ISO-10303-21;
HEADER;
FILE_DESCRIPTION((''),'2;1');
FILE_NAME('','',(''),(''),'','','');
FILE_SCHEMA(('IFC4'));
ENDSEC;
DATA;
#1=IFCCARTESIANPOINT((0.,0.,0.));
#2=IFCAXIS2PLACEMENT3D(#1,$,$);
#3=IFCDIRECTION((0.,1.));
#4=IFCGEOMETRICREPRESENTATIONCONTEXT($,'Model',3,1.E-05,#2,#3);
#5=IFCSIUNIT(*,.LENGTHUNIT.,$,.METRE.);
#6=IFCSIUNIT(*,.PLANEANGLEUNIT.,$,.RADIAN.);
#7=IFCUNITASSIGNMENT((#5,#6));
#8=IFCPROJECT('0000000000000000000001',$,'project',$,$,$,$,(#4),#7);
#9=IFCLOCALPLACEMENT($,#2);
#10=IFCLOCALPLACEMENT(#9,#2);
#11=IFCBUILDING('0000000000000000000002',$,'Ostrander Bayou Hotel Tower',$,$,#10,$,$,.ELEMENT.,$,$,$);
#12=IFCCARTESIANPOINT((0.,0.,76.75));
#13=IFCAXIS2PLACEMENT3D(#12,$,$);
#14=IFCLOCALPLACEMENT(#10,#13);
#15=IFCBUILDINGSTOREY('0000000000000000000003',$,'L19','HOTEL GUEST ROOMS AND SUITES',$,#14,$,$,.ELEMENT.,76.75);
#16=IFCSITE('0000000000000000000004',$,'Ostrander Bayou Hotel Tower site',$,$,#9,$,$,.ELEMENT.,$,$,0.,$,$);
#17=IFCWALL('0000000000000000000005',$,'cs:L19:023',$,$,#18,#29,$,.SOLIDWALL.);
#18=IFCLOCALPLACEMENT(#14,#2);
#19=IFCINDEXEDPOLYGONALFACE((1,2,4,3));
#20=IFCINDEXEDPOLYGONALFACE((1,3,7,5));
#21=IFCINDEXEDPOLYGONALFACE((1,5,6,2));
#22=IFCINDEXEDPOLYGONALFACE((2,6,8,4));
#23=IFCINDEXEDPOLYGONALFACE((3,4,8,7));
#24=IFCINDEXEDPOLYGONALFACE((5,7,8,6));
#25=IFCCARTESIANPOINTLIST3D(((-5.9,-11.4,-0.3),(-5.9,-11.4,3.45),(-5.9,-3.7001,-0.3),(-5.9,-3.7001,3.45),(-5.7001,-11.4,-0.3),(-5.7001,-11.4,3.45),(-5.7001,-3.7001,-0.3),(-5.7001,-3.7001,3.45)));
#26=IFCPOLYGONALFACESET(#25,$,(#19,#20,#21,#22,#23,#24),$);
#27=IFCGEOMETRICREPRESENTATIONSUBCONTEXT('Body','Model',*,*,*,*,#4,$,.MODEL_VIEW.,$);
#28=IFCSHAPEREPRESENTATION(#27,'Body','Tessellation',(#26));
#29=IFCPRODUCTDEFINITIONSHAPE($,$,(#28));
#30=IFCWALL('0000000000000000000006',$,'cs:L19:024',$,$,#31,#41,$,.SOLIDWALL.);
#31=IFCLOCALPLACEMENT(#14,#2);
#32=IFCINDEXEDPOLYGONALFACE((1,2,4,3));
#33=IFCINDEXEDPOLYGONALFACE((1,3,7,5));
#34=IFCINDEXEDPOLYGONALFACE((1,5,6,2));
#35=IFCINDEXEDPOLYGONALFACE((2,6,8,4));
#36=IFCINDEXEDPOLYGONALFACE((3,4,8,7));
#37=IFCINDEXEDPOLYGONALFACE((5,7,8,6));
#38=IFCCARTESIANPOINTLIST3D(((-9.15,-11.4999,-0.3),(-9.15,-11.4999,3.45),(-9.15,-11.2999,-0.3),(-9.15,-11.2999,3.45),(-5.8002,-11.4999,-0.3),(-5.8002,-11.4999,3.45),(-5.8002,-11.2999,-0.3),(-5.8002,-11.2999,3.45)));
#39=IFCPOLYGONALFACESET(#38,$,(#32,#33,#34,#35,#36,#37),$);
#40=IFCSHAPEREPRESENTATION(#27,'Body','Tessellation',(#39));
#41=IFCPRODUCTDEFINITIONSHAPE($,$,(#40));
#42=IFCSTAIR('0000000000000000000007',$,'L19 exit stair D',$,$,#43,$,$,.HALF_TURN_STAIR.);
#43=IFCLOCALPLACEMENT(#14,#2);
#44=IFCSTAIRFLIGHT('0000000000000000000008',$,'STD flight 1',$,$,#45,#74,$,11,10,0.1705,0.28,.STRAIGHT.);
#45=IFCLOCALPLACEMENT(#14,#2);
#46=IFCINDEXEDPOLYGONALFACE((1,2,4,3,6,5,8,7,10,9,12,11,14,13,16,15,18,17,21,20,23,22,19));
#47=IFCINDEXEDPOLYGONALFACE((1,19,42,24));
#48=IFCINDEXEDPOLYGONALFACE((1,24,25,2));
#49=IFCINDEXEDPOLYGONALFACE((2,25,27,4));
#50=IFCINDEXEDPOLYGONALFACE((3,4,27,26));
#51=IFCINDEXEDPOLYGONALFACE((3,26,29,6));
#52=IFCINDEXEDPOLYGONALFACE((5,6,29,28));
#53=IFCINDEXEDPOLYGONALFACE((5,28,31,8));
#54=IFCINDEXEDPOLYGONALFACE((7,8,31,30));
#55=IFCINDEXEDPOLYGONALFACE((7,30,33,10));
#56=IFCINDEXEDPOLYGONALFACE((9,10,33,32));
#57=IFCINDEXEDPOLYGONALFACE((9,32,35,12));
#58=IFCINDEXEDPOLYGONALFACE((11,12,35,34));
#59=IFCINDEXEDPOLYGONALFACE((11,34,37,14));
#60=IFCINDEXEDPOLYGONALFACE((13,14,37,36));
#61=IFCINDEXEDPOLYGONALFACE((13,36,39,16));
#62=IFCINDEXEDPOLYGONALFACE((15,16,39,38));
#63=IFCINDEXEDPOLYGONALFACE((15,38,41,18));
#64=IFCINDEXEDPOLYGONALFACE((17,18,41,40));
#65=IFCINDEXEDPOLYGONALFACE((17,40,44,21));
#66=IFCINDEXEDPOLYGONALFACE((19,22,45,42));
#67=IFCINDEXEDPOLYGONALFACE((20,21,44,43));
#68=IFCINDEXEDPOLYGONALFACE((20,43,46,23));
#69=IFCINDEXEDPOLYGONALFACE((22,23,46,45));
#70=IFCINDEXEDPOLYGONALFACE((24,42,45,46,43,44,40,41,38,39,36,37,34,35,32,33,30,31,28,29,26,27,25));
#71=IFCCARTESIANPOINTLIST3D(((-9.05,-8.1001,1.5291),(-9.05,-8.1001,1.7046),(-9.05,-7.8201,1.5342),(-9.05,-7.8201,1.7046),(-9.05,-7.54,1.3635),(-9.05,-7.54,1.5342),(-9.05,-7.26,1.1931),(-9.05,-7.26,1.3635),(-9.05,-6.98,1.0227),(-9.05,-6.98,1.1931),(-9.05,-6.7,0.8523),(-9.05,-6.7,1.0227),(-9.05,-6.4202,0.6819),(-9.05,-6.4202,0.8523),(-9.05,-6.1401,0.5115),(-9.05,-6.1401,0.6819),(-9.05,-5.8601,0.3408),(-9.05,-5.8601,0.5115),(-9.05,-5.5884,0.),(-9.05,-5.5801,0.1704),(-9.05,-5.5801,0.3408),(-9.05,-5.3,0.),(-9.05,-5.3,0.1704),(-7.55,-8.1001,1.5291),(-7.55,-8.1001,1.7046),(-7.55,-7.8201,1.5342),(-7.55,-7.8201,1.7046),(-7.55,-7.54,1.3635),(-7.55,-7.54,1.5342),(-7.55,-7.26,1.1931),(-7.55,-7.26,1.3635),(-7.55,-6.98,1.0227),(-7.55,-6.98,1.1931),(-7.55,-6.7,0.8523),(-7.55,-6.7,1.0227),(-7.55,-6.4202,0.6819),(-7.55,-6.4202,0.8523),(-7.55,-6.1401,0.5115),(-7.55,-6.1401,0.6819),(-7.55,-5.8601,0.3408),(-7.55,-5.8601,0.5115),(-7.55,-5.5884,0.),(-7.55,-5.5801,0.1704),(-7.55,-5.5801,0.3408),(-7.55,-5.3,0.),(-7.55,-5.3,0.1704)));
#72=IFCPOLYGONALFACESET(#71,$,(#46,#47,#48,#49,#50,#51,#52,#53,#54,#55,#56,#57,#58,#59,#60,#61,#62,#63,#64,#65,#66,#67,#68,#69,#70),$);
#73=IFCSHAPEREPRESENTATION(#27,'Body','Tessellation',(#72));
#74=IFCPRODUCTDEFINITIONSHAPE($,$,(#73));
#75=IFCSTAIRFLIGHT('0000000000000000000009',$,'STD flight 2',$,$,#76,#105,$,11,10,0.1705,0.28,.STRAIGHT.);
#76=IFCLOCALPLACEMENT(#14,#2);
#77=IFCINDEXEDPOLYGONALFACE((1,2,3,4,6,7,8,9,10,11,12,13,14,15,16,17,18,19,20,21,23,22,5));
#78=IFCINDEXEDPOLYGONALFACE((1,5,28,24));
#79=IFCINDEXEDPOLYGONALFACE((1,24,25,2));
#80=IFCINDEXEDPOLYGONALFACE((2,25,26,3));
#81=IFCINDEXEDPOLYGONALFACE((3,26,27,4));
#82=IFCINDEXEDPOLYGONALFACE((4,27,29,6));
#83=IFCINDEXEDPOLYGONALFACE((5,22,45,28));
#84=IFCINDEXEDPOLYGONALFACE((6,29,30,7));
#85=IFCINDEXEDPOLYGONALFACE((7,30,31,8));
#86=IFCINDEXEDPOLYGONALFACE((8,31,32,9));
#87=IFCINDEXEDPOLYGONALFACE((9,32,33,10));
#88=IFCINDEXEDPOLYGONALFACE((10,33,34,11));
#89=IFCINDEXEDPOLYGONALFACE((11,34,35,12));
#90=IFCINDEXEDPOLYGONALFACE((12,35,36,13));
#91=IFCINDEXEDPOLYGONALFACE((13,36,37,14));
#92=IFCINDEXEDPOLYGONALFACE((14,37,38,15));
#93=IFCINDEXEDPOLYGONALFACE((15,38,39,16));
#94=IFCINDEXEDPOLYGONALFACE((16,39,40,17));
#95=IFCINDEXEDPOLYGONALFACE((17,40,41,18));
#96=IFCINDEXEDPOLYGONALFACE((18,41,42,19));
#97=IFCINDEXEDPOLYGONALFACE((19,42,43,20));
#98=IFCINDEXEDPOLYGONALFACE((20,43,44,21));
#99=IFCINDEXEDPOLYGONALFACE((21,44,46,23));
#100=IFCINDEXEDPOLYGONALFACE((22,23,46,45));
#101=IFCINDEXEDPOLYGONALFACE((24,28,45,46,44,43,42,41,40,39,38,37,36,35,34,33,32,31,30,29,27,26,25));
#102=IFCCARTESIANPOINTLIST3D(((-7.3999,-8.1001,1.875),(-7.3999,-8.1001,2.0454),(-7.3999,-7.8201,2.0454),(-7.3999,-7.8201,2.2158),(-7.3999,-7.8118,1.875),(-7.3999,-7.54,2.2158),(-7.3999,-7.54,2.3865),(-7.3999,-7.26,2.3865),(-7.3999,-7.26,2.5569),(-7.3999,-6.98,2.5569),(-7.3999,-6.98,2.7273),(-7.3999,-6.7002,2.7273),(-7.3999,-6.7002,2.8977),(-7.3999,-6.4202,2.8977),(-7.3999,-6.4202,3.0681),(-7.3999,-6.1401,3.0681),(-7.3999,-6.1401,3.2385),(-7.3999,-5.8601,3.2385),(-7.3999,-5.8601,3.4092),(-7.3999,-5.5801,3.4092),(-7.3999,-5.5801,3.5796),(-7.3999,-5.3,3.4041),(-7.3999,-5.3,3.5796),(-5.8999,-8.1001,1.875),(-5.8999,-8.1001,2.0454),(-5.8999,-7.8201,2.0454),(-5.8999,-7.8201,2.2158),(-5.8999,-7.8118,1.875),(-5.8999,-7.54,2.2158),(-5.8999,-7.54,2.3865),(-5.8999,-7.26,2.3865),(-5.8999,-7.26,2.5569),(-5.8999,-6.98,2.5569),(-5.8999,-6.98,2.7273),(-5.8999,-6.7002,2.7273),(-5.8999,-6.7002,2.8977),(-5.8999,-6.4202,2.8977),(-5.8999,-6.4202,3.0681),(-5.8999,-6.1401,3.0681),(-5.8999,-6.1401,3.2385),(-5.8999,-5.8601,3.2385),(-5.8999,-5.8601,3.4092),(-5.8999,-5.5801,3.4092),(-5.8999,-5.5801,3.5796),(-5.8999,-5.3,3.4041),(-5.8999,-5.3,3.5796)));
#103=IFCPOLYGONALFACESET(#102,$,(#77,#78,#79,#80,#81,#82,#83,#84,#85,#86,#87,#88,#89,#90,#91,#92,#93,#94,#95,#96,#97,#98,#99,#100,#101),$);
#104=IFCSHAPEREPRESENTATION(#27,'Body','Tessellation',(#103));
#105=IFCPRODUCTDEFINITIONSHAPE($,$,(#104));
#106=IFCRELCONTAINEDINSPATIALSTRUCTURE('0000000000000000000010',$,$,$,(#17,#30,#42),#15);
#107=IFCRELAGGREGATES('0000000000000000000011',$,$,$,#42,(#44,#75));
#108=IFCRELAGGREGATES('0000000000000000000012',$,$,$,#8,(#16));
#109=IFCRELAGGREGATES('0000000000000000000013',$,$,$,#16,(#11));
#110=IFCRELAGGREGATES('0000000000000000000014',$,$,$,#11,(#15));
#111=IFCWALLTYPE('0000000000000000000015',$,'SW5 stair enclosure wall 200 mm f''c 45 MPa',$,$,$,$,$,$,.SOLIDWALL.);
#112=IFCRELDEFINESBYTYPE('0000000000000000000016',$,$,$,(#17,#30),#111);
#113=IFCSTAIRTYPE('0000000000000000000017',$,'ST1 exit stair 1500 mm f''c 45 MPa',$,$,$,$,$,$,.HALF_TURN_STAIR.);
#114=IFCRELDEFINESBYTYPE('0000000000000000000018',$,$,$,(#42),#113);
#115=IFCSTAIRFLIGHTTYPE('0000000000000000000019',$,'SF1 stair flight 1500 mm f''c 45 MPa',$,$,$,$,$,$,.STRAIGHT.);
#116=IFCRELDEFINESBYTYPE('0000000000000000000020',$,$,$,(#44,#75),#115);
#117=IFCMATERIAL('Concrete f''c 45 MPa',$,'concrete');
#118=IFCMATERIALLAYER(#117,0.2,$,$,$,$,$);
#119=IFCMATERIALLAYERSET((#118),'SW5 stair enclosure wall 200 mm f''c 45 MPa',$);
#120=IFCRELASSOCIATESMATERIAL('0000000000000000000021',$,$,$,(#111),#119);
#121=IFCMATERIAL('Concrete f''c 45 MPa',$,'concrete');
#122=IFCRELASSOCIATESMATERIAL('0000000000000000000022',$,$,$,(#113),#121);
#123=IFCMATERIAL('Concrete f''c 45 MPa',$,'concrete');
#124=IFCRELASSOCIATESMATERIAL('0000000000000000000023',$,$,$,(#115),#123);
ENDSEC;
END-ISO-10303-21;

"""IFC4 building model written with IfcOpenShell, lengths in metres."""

from ifc_helpers import new_model, si_unit, direction, frame, frame_2d, origin, place, context, subcontext, project, spatial, polyline, rectangle, outline, extrude, material, layer, layer_set, type_object, element, aggregate, save


model = new_model("IFC4")

# Units and contexts
model_context = context("Model", 3, precision=1e-05, world=origin(), true_north=direction((0.0, 1.0)))
body_context = subcontext(model_context, "Body", "Model", "MODEL_VIEW")
ifc_project = project(units=[si_unit("LENGTHUNIT", "METRE"), si_unit("PLANEANGLEUNIT", "RADIAN")], contexts=[model_context])

# Site, building, storey
site_placement = place(None, origin())
site = spatial("IfcSite", under=ifc_project, at=site_placement, Name="Ostrander Bayou Hotel Tower site", CompositionType="ELEMENT", RefElevation=0.0)
building_placement = place(site_placement, origin())
building = spatial("IfcBuilding", under=site, at=building_placement, Name="Ostrander Bayou Hotel Tower", CompositionType="ELEMENT")
storey_placement = place(building_placement, frame((0.0, 0.0, 76.75)))
storey = spatial("IfcBuildingStorey", under=building, at=storey_placement, Name="L19", Description="HOTEL GUEST ROOMS AND SUITES", CompositionType="ELEMENT", Elevation=76.75)

# Shared definitions
ifc_material_1 = material(Name="Concrete f'c 45 MPa", Category="concrete")
ifc_layer_1 = layer(ifc_material_1, 0.2)
ifc_layer_set_1 = layer_set([ifc_layer_1], Name="SW5 stair enclosure wall 200 mm f'c 45 MPa")
wall_type_1 = type_object("IfcWallType", Name="SW5 stair enclosure wall 200 mm f'c 45 MPa", PredefinedType="SOLIDWALL", material=ifc_layer_set_1)

# Walls
for number, where, z_axis, x_axis, name in (
    (1, (-5.8, -3.7, -0.3), (0.0, 0.0, 1.0), (0.0, -1.0, 0.0), "cs:L19:023"),
):
    element("IfcWall", number, at=place(storey_placement, frame(where, z_axis=z_axis, x_axis=x_axis)), inside=storey, type_object=wall_type_1, Name=name, PredefinedType="SOLIDWALL", context=body_context, shape_type="SweptSolid", body=[
        extrude(rectangle(XDim=7.7, YDim=0.2, at=frame_2d((3.8501, 0.0))), origin(), (0.0, 0.0, 1.0), 3.75),
    ])
wall_1_placement = place(storey_placement, frame((-9.1499, -11.3999, -0.3), z_axis=(0.0, 0.0, 1.0), x_axis=(1.0, 0.0, 0.0)))
element("IfcWall", 2, at=wall_1_placement, inside=storey, type_object=wall_type_1, Name="cs:L19:024", PredefinedType="SOLIDWALL", context=body_context, shape_type="SweptSolid", body=[
    extrude(rectangle(XDim=3.3499, YDim=0.2, at=frame_2d((1.6748, 0.0))), origin(), (0.0, 0.0, 1.0), 3.75),
])

# Stair, stair flights
ifc_material_2 = material(Name="Concrete f'c 45 MPa", Category="concrete")
stair_type = type_object("IfcStairType", Name="ST1 exit stair 1500 mm f'c 45 MPa", PredefinedType="HALF_TURN_STAIR", material=ifc_material_2)
stair_placement = place(storey_placement, origin())
stair = element("IfcStair", 3, at=stair_placement, inside=storey, type_object=stair_type, Name="L19 exit stair D", PredefinedType="HALF_TURN_STAIR")
ifc_material_3 = material(Name="Concrete f'c 45 MPa", Category="concrete")
stair_flight_type = type_object("IfcStairFlightType", Name="SF1 stair flight 1500 mm f'c 45 MPa", PredefinedType="STRAIGHT", material=ifc_material_3)
stair_flight_1_placement = place(storey_placement, frame((-8.3, -5.3, 0.0), z_axis=(0.0, 0.0, 1.0), x_axis=(0.0, -1.0, 0.0)))
stair_flight_1 = element("IfcStairFlight", 4, at=stair_flight_1_placement, type_object=stair_flight_type, Name="STD flight 1", NumberOfRisers=11, NumberOfTreads=10, PredefinedType="STRAIGHT", RiserHeight=0.1705, TreadLength=0.28, context=body_context, shape_type="SweptSolid", body=[
    extrude(outline(polyline([(0.0, 0.0), (0.0, 0.1704), (0.28, 0.1704), (0.28, 0.3408), (0.5601, 0.3408), (0.5601, 0.5115), (0.8401, 0.5115), (0.8401, 0.6819), (1.1201, 0.6819), (1.1201, 0.8523), (1.3999, 0.8523), (1.3999, 1.0227), (1.6799, 1.0227), (1.6799, 1.1931), (1.96, 1.1931), (1.96, 1.3635), (2.24, 1.3635), (2.24, 1.5342), (2.52, 1.5342), (2.52, 1.7046), (2.8, 1.7046), (2.8, 1.875), (2.8, 1.5291), (0.2883, 0.0), (0.0, 0.0)])), frame((0.0, 0.75, 0.0), z_axis=(0.0, -1.0, 0.0), x_axis=(1.0, 0.0, 0.0)), (0.0, 0.0, 1.0), 1.5),
])
stair_flight_2_placement = place(storey_placement, frame((-6.6499, -8.1001, 1.875), z_axis=(0.0, 0.0, 1.0), x_axis=(0.0, 1.0, 0.0)))
stair_flight_2 = element("IfcStairFlight", 5, at=stair_flight_2_placement, type_object=stair_flight_type, Name="STD flight 2", NumberOfRisers=11, NumberOfTreads=10, PredefinedType="STRAIGHT", RiserHeight=0.1705, TreadLength=0.28, context=body_context, shape_type="SweptSolid", body=[
    extrude(outline(polyline([(0.0, 0.0), (0.0, 0.1704), (0.28, 0.1704), (0.28, 0.3408), (0.5601, 0.3408), (0.5601, 0.5115), (0.8401, 0.5115), (0.8401, 0.6819), (1.1201, 0.6819), (1.1201, 0.8523), (1.3999, 0.8523), (1.3999, 1.0227), (1.6799, 1.0227), (1.6799, 1.1931), (1.96, 1.1931), (1.96, 1.3635), (2.24, 1.3635), (2.24, 1.5342), (2.52, 1.5342), (2.52, 1.7046), (2.8, 1.7046), (2.8, 1.875), (2.8, 1.5291), (0.2883, 0.0), (0.0, 0.0)])), frame((0.0, 0.75, 0.0), z_axis=(0.0, -1.0, 0.0), x_axis=(1.0, 0.0, 0.0)), (0.0, 0.0, 1.0), 1.5),
])
aggregate(stair, [stair_flight_1, stair_flight_2])

save(model, "model.ifc")
